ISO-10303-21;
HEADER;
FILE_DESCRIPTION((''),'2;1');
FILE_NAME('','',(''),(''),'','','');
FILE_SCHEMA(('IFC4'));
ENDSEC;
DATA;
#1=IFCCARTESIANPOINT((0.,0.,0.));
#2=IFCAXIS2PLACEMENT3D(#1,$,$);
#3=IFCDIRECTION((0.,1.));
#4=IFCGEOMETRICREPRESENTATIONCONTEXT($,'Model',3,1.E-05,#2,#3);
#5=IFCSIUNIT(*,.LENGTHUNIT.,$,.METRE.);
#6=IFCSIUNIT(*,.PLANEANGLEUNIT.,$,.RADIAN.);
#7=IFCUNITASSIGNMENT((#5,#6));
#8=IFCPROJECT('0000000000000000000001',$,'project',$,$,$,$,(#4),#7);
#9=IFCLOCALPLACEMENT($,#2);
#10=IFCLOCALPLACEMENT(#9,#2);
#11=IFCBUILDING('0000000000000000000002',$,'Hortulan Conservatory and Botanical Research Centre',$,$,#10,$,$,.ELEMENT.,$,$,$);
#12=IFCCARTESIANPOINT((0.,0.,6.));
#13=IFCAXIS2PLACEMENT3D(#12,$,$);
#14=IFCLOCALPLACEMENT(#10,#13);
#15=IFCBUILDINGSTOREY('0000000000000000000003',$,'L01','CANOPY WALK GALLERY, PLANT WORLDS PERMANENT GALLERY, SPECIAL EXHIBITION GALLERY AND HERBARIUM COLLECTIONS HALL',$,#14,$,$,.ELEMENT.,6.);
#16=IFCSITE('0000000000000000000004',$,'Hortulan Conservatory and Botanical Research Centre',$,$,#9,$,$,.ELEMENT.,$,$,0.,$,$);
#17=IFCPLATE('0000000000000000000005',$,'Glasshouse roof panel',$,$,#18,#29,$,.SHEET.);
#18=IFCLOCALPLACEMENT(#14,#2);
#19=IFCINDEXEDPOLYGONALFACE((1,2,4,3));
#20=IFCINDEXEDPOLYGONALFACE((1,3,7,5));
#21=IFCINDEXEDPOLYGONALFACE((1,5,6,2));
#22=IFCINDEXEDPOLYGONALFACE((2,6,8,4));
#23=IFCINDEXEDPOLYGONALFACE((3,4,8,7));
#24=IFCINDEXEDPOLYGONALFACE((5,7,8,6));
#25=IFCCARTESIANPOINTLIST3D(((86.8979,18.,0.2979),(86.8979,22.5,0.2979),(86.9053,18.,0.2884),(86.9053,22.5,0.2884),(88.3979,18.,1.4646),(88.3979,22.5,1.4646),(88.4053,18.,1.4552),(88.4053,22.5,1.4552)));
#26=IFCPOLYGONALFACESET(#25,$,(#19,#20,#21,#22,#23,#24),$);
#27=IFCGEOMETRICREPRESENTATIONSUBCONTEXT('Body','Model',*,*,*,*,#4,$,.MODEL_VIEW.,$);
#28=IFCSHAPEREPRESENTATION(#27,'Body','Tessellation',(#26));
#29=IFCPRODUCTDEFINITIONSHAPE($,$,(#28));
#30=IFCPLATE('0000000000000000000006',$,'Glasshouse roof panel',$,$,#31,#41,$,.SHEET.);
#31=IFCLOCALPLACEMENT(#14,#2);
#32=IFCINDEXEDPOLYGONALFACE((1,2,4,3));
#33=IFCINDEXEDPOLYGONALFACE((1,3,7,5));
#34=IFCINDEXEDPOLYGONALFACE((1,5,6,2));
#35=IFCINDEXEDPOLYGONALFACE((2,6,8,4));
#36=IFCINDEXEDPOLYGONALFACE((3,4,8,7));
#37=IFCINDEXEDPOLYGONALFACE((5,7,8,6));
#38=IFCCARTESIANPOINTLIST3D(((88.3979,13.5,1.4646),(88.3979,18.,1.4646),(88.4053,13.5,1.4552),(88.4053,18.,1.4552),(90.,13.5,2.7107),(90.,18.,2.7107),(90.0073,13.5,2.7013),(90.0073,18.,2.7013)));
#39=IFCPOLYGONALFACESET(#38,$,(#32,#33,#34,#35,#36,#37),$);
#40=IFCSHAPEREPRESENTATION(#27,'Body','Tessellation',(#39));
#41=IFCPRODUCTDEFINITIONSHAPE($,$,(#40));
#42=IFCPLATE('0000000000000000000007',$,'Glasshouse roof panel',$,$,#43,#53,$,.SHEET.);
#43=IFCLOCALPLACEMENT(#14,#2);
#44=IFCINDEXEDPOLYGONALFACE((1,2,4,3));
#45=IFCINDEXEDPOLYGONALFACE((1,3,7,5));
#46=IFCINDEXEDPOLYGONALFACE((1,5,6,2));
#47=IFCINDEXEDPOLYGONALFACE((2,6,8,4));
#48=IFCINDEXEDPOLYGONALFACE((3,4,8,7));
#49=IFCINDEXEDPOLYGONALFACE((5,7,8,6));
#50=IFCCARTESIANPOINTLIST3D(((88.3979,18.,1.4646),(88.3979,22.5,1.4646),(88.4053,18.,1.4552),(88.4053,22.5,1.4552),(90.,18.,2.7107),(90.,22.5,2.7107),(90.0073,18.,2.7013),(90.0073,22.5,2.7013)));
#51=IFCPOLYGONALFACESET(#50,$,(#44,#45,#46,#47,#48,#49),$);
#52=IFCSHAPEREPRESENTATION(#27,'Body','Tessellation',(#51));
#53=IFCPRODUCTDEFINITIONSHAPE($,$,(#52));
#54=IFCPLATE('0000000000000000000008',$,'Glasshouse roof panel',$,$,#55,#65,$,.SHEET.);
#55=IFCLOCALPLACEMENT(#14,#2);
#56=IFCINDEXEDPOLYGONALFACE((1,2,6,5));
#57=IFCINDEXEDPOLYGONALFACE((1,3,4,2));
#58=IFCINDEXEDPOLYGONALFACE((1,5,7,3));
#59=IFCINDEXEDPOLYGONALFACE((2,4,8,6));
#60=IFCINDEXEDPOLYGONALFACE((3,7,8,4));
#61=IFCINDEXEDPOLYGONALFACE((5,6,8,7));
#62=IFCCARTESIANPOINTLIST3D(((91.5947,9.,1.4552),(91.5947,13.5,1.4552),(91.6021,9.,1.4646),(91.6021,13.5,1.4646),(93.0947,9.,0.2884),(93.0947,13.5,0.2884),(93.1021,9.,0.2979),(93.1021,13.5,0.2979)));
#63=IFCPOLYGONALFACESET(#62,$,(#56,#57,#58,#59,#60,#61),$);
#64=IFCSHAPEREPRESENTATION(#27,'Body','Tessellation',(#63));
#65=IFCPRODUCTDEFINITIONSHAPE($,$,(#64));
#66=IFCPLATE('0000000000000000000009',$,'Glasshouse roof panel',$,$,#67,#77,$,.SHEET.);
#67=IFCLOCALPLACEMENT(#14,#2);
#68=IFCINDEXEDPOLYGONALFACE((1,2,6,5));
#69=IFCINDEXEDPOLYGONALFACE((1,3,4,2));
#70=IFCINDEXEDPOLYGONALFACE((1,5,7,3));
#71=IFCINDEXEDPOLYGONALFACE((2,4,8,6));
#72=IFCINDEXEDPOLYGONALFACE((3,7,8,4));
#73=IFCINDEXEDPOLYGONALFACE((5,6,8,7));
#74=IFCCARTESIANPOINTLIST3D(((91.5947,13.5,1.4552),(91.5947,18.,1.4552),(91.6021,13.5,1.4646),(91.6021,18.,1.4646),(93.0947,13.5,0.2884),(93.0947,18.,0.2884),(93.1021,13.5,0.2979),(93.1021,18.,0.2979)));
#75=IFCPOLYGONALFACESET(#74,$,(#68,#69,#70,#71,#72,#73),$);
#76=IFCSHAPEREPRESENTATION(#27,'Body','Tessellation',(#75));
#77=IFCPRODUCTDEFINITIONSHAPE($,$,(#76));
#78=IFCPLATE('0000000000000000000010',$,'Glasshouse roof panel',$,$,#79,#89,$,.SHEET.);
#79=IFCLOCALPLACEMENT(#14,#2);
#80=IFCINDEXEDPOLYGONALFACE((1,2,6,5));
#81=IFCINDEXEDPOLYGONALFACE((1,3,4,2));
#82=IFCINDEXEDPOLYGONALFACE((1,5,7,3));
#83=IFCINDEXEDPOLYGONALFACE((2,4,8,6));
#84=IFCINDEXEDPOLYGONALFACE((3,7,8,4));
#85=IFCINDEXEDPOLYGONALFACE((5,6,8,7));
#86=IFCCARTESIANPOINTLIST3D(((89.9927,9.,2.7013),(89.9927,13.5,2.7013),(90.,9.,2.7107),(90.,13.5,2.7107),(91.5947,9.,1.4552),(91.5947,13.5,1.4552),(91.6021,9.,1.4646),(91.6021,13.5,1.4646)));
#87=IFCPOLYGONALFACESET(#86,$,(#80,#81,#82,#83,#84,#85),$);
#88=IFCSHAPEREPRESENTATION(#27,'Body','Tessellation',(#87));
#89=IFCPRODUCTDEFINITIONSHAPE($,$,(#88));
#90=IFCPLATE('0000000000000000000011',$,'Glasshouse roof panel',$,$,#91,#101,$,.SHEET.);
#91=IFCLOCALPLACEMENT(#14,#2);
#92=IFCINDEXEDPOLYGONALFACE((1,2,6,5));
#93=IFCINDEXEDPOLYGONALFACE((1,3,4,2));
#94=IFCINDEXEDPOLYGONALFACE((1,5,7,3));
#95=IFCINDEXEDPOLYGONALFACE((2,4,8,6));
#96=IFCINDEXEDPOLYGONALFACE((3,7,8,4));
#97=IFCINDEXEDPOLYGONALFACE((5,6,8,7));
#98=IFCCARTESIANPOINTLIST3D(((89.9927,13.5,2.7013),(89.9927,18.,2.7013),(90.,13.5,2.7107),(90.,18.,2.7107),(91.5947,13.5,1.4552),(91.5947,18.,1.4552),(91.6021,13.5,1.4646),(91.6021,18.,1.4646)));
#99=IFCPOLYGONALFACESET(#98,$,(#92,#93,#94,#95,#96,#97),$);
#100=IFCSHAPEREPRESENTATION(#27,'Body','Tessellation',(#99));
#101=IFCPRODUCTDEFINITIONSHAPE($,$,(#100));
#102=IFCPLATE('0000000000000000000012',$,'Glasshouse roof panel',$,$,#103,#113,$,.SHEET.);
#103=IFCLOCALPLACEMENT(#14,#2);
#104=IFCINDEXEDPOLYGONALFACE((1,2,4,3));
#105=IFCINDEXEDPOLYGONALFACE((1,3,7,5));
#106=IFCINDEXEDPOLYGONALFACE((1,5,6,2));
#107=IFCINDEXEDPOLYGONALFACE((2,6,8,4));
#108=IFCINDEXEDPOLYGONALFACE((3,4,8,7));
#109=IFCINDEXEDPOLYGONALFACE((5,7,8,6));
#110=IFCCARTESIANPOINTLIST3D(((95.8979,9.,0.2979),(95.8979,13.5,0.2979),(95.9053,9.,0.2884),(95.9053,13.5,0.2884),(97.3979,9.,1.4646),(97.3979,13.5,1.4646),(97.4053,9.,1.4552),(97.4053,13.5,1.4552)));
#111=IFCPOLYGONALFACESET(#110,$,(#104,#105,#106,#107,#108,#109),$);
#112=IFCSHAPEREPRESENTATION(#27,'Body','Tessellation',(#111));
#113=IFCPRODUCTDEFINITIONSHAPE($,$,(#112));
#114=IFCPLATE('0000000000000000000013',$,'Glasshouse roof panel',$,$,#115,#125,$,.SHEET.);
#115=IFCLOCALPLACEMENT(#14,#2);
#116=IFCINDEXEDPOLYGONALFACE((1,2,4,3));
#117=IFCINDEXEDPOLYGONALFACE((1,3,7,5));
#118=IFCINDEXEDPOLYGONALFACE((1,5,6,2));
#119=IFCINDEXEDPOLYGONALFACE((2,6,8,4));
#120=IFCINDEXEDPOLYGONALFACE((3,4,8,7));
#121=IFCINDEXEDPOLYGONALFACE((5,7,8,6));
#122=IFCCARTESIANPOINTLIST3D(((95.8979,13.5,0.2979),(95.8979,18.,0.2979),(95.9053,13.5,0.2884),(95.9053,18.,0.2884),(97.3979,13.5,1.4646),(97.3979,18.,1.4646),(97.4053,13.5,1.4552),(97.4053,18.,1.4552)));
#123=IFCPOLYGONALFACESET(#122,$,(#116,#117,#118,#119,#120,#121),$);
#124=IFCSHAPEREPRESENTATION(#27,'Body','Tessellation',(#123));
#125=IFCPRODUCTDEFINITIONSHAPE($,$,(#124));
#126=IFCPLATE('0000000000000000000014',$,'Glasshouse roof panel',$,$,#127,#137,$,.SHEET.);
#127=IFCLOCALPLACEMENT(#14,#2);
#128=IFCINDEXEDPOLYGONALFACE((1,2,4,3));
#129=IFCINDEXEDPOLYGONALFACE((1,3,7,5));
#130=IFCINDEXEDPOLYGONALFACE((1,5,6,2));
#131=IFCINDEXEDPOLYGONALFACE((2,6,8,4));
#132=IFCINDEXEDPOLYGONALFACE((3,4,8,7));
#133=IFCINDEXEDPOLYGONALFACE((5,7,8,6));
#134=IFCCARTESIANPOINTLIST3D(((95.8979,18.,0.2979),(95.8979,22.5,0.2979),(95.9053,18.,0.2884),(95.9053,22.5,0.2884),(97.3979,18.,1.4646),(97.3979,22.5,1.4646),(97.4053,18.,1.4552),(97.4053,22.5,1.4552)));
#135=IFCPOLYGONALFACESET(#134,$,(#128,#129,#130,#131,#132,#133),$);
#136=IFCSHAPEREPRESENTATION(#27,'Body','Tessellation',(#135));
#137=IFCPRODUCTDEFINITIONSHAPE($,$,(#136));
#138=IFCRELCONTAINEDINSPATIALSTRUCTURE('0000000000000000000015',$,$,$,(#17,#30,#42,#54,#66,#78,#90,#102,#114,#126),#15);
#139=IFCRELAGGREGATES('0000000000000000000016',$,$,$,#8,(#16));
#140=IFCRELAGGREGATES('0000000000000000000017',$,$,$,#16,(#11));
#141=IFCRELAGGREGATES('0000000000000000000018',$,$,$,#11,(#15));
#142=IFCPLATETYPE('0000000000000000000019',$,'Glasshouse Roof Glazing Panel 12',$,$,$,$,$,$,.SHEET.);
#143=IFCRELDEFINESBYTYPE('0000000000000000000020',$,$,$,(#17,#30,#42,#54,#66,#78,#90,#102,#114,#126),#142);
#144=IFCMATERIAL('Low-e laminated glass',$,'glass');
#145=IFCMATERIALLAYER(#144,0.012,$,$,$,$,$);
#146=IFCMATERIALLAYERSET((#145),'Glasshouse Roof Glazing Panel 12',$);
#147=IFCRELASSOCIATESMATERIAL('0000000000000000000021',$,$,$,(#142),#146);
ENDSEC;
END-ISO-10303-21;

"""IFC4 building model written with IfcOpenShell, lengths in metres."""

from ifc_helpers import new_model, si_unit, direction, frame, origin, place, context, subcontext, project, spatial, polyline, outline, extrude, material, layer, layer_set, type_object, element, save


model = new_model("IFC4")

# Units and contexts
model_context = context("Model", 3, precision=1e-05, world=origin(), true_north=direction((0.0, 1.0)))
body_context = subcontext(model_context, "Body", "Model", "MODEL_VIEW")
ifc_project = project(units=[si_unit("LENGTHUNIT", "METRE"), si_unit("PLANEANGLEUNIT", "RADIAN")], contexts=[model_context])

# Site, building, storey
site_placement = place(None, origin())
site = spatial("IfcSite", under=ifc_project, at=site_placement, Name="Hortulan Conservatory and Botanical Research Centre", CompositionType="ELEMENT", RefElevation=0.0)
building_placement = place(site_placement, origin())
building = spatial("IfcBuilding", under=site, at=building_placement, Name="Hortulan Conservatory and Botanical Research Centre", CompositionType="ELEMENT")
storey_placement = place(building_placement, frame((0.0, 0.0, 6.0)))
storey = spatial("IfcBuildingStorey", under=building, at=storey_placement, Name="L01", Description="CANOPY WALK GALLERY, PLANT WORLDS PERMANENT GALLERY, SPECIAL EXHIBITION GALLERY AND HERBARIUM COLLECTIONS HALL", CompositionType="ELEMENT", Elevation=6.0)

# Plates
ifc_material_1 = material(Name="Low-e laminated glass", Category="glass")
ifc_layer = layer(ifc_material_1, 0.012)
ifc_layer_set = layer_set([ifc_layer], Name="Glasshouse Roof Glazing Panel 12")
plate_type = type_object("IfcPlateType", Name="Glasshouse Roof Glazing Panel 12", PredefinedType="SHEET", material=ifc_layer_set)
plate_placement = place(storey_placement, frame((86.8979, 18.0, 0.2979), z_axis=(-0.613967, 0.0, 0.789331), x_axis=(0.789331, 0.0, 0.613967)))
element("IfcPlate", 1, at=plate_placement, inside=storey, type_object=plate_type, Name="Glasshouse roof panel", PredefinedType="SHEET", context=body_context, shape_type="SweptSolid", body=[
    extrude(outline(polyline([(0.0, 0.0), (1.9003, 0.0), (1.9003, 4.5), (0.0, 4.5), (0.0, 0.0)])), origin(), (0.0, 0.0, -1.0), 0.012),
])
for number, where, z_axis, x_axis, name in (
    (2, (88.3979, 13.5, 1.4646), (-0.613957, 0.0, 0.789339), (0.789339, 0.0, 0.613957), "Glasshouse roof panel"),
    (3, (88.3979, 18.0, 1.4646), (-0.613957, 0.0, 0.789339), (0.789339, 0.0, 0.613957), "Glasshouse roof panel"),
):
    element("IfcPlate", number, at=place(storey_placement, frame(where, z_axis=z_axis, x_axis=x_axis)), inside=storey, type_object=plate_type, Name=name, PredefinedType="SHEET", context=body_context, shape_type="SweptSolid", body=[
        extrude(outline(polyline([(0.0, 0.0), (2.0296, 0.0), (2.0296, 4.5), (0.0, 4.5), (0.0, 0.0)])), origin(), (0.0, 0.0, -1.0), 0.012),
    ])
for number, where, z_axis, x_axis, name in (
    (4, (93.1021, 13.5, 0.2979), (0.613967, 0.0, 0.789331), (-0.789331, 0.0, 0.613967), "Glasshouse roof panel"),
    (5, (93.1021, 18.0, 0.2979), (0.613967, 0.0, 0.789331), (-0.789331, 0.0, 0.613967), "Glasshouse roof panel"),
):
    element("IfcPlate", number, at=place(storey_placement, frame(where, z_axis=z_axis, x_axis=x_axis)), inside=storey, type_object=plate_type, Name=name, PredefinedType="SHEET", context=body_context, shape_type="SweptSolid", body=[
        extrude(outline(polyline([(0.0, 0.0), (1.9003, 0.0), (1.9003, 4.5), (0.0, 4.5), (0.0, 0.0)])), origin(), (0.0, 0.0, -1.0), 0.012),
    ])
for number, where, z_axis, x_axis, name in (
    (6, (91.6021, 13.5, 1.4646), (0.613957, 0.0, 0.789339), (-0.789339, 0.0, 0.613957), "Glasshouse roof panel"),
    (7, (91.6021, 18.0, 1.4646), (0.613957, 0.0, 0.789339), (-0.789339, 0.0, 0.613957), "Glasshouse roof panel"),
):
    element("IfcPlate", number, at=place(storey_placement, frame(where, z_axis=z_axis, x_axis=x_axis)), inside=storey, type_object=plate_type, Name=name, PredefinedType="SHEET", context=body_context, shape_type="SweptSolid", body=[
        extrude(outline(polyline([(0.0, 0.0), (2.0296, 0.0), (2.0296, 4.5), (0.0, 4.5), (0.0, 0.0)])), origin(), (0.0, 0.0, -1.0), 0.012),
    ])
for number, where, z_axis, x_axis, name in (
    (8, (95.8979, 9.0, 0.2979), (-0.613967, 0.0, 0.789331), (0.789331, 0.0, 0.613967), "Glasshouse roof panel"),
    (9, (95.8979, 13.5, 0.2979), (-0.613967, 0.0, 0.789331), (0.789331, 0.0, 0.613967), "Glasshouse roof panel"),
    (10, (95.8979, 18.0, 0.2979), (-0.613967, 0.0, 0.789331), (0.789331, 0.0, 0.613967), "Glasshouse roof panel"),
):
    element("IfcPlate", number, at=place(storey_placement, frame(where, z_axis=z_axis, x_axis=x_axis)), inside=storey, type_object=plate_type, Name=name, PredefinedType="SHEET", context=body_context, shape_type="SweptSolid", body=[
        extrude(outline(polyline([(0.0, 0.0), (1.9003, 0.0), (1.9003, 4.5), (0.0, 4.5), (0.0, 0.0)])), origin(), (0.0, 0.0, -1.0), 0.012),
    ])

save(model, "model.ifc")
